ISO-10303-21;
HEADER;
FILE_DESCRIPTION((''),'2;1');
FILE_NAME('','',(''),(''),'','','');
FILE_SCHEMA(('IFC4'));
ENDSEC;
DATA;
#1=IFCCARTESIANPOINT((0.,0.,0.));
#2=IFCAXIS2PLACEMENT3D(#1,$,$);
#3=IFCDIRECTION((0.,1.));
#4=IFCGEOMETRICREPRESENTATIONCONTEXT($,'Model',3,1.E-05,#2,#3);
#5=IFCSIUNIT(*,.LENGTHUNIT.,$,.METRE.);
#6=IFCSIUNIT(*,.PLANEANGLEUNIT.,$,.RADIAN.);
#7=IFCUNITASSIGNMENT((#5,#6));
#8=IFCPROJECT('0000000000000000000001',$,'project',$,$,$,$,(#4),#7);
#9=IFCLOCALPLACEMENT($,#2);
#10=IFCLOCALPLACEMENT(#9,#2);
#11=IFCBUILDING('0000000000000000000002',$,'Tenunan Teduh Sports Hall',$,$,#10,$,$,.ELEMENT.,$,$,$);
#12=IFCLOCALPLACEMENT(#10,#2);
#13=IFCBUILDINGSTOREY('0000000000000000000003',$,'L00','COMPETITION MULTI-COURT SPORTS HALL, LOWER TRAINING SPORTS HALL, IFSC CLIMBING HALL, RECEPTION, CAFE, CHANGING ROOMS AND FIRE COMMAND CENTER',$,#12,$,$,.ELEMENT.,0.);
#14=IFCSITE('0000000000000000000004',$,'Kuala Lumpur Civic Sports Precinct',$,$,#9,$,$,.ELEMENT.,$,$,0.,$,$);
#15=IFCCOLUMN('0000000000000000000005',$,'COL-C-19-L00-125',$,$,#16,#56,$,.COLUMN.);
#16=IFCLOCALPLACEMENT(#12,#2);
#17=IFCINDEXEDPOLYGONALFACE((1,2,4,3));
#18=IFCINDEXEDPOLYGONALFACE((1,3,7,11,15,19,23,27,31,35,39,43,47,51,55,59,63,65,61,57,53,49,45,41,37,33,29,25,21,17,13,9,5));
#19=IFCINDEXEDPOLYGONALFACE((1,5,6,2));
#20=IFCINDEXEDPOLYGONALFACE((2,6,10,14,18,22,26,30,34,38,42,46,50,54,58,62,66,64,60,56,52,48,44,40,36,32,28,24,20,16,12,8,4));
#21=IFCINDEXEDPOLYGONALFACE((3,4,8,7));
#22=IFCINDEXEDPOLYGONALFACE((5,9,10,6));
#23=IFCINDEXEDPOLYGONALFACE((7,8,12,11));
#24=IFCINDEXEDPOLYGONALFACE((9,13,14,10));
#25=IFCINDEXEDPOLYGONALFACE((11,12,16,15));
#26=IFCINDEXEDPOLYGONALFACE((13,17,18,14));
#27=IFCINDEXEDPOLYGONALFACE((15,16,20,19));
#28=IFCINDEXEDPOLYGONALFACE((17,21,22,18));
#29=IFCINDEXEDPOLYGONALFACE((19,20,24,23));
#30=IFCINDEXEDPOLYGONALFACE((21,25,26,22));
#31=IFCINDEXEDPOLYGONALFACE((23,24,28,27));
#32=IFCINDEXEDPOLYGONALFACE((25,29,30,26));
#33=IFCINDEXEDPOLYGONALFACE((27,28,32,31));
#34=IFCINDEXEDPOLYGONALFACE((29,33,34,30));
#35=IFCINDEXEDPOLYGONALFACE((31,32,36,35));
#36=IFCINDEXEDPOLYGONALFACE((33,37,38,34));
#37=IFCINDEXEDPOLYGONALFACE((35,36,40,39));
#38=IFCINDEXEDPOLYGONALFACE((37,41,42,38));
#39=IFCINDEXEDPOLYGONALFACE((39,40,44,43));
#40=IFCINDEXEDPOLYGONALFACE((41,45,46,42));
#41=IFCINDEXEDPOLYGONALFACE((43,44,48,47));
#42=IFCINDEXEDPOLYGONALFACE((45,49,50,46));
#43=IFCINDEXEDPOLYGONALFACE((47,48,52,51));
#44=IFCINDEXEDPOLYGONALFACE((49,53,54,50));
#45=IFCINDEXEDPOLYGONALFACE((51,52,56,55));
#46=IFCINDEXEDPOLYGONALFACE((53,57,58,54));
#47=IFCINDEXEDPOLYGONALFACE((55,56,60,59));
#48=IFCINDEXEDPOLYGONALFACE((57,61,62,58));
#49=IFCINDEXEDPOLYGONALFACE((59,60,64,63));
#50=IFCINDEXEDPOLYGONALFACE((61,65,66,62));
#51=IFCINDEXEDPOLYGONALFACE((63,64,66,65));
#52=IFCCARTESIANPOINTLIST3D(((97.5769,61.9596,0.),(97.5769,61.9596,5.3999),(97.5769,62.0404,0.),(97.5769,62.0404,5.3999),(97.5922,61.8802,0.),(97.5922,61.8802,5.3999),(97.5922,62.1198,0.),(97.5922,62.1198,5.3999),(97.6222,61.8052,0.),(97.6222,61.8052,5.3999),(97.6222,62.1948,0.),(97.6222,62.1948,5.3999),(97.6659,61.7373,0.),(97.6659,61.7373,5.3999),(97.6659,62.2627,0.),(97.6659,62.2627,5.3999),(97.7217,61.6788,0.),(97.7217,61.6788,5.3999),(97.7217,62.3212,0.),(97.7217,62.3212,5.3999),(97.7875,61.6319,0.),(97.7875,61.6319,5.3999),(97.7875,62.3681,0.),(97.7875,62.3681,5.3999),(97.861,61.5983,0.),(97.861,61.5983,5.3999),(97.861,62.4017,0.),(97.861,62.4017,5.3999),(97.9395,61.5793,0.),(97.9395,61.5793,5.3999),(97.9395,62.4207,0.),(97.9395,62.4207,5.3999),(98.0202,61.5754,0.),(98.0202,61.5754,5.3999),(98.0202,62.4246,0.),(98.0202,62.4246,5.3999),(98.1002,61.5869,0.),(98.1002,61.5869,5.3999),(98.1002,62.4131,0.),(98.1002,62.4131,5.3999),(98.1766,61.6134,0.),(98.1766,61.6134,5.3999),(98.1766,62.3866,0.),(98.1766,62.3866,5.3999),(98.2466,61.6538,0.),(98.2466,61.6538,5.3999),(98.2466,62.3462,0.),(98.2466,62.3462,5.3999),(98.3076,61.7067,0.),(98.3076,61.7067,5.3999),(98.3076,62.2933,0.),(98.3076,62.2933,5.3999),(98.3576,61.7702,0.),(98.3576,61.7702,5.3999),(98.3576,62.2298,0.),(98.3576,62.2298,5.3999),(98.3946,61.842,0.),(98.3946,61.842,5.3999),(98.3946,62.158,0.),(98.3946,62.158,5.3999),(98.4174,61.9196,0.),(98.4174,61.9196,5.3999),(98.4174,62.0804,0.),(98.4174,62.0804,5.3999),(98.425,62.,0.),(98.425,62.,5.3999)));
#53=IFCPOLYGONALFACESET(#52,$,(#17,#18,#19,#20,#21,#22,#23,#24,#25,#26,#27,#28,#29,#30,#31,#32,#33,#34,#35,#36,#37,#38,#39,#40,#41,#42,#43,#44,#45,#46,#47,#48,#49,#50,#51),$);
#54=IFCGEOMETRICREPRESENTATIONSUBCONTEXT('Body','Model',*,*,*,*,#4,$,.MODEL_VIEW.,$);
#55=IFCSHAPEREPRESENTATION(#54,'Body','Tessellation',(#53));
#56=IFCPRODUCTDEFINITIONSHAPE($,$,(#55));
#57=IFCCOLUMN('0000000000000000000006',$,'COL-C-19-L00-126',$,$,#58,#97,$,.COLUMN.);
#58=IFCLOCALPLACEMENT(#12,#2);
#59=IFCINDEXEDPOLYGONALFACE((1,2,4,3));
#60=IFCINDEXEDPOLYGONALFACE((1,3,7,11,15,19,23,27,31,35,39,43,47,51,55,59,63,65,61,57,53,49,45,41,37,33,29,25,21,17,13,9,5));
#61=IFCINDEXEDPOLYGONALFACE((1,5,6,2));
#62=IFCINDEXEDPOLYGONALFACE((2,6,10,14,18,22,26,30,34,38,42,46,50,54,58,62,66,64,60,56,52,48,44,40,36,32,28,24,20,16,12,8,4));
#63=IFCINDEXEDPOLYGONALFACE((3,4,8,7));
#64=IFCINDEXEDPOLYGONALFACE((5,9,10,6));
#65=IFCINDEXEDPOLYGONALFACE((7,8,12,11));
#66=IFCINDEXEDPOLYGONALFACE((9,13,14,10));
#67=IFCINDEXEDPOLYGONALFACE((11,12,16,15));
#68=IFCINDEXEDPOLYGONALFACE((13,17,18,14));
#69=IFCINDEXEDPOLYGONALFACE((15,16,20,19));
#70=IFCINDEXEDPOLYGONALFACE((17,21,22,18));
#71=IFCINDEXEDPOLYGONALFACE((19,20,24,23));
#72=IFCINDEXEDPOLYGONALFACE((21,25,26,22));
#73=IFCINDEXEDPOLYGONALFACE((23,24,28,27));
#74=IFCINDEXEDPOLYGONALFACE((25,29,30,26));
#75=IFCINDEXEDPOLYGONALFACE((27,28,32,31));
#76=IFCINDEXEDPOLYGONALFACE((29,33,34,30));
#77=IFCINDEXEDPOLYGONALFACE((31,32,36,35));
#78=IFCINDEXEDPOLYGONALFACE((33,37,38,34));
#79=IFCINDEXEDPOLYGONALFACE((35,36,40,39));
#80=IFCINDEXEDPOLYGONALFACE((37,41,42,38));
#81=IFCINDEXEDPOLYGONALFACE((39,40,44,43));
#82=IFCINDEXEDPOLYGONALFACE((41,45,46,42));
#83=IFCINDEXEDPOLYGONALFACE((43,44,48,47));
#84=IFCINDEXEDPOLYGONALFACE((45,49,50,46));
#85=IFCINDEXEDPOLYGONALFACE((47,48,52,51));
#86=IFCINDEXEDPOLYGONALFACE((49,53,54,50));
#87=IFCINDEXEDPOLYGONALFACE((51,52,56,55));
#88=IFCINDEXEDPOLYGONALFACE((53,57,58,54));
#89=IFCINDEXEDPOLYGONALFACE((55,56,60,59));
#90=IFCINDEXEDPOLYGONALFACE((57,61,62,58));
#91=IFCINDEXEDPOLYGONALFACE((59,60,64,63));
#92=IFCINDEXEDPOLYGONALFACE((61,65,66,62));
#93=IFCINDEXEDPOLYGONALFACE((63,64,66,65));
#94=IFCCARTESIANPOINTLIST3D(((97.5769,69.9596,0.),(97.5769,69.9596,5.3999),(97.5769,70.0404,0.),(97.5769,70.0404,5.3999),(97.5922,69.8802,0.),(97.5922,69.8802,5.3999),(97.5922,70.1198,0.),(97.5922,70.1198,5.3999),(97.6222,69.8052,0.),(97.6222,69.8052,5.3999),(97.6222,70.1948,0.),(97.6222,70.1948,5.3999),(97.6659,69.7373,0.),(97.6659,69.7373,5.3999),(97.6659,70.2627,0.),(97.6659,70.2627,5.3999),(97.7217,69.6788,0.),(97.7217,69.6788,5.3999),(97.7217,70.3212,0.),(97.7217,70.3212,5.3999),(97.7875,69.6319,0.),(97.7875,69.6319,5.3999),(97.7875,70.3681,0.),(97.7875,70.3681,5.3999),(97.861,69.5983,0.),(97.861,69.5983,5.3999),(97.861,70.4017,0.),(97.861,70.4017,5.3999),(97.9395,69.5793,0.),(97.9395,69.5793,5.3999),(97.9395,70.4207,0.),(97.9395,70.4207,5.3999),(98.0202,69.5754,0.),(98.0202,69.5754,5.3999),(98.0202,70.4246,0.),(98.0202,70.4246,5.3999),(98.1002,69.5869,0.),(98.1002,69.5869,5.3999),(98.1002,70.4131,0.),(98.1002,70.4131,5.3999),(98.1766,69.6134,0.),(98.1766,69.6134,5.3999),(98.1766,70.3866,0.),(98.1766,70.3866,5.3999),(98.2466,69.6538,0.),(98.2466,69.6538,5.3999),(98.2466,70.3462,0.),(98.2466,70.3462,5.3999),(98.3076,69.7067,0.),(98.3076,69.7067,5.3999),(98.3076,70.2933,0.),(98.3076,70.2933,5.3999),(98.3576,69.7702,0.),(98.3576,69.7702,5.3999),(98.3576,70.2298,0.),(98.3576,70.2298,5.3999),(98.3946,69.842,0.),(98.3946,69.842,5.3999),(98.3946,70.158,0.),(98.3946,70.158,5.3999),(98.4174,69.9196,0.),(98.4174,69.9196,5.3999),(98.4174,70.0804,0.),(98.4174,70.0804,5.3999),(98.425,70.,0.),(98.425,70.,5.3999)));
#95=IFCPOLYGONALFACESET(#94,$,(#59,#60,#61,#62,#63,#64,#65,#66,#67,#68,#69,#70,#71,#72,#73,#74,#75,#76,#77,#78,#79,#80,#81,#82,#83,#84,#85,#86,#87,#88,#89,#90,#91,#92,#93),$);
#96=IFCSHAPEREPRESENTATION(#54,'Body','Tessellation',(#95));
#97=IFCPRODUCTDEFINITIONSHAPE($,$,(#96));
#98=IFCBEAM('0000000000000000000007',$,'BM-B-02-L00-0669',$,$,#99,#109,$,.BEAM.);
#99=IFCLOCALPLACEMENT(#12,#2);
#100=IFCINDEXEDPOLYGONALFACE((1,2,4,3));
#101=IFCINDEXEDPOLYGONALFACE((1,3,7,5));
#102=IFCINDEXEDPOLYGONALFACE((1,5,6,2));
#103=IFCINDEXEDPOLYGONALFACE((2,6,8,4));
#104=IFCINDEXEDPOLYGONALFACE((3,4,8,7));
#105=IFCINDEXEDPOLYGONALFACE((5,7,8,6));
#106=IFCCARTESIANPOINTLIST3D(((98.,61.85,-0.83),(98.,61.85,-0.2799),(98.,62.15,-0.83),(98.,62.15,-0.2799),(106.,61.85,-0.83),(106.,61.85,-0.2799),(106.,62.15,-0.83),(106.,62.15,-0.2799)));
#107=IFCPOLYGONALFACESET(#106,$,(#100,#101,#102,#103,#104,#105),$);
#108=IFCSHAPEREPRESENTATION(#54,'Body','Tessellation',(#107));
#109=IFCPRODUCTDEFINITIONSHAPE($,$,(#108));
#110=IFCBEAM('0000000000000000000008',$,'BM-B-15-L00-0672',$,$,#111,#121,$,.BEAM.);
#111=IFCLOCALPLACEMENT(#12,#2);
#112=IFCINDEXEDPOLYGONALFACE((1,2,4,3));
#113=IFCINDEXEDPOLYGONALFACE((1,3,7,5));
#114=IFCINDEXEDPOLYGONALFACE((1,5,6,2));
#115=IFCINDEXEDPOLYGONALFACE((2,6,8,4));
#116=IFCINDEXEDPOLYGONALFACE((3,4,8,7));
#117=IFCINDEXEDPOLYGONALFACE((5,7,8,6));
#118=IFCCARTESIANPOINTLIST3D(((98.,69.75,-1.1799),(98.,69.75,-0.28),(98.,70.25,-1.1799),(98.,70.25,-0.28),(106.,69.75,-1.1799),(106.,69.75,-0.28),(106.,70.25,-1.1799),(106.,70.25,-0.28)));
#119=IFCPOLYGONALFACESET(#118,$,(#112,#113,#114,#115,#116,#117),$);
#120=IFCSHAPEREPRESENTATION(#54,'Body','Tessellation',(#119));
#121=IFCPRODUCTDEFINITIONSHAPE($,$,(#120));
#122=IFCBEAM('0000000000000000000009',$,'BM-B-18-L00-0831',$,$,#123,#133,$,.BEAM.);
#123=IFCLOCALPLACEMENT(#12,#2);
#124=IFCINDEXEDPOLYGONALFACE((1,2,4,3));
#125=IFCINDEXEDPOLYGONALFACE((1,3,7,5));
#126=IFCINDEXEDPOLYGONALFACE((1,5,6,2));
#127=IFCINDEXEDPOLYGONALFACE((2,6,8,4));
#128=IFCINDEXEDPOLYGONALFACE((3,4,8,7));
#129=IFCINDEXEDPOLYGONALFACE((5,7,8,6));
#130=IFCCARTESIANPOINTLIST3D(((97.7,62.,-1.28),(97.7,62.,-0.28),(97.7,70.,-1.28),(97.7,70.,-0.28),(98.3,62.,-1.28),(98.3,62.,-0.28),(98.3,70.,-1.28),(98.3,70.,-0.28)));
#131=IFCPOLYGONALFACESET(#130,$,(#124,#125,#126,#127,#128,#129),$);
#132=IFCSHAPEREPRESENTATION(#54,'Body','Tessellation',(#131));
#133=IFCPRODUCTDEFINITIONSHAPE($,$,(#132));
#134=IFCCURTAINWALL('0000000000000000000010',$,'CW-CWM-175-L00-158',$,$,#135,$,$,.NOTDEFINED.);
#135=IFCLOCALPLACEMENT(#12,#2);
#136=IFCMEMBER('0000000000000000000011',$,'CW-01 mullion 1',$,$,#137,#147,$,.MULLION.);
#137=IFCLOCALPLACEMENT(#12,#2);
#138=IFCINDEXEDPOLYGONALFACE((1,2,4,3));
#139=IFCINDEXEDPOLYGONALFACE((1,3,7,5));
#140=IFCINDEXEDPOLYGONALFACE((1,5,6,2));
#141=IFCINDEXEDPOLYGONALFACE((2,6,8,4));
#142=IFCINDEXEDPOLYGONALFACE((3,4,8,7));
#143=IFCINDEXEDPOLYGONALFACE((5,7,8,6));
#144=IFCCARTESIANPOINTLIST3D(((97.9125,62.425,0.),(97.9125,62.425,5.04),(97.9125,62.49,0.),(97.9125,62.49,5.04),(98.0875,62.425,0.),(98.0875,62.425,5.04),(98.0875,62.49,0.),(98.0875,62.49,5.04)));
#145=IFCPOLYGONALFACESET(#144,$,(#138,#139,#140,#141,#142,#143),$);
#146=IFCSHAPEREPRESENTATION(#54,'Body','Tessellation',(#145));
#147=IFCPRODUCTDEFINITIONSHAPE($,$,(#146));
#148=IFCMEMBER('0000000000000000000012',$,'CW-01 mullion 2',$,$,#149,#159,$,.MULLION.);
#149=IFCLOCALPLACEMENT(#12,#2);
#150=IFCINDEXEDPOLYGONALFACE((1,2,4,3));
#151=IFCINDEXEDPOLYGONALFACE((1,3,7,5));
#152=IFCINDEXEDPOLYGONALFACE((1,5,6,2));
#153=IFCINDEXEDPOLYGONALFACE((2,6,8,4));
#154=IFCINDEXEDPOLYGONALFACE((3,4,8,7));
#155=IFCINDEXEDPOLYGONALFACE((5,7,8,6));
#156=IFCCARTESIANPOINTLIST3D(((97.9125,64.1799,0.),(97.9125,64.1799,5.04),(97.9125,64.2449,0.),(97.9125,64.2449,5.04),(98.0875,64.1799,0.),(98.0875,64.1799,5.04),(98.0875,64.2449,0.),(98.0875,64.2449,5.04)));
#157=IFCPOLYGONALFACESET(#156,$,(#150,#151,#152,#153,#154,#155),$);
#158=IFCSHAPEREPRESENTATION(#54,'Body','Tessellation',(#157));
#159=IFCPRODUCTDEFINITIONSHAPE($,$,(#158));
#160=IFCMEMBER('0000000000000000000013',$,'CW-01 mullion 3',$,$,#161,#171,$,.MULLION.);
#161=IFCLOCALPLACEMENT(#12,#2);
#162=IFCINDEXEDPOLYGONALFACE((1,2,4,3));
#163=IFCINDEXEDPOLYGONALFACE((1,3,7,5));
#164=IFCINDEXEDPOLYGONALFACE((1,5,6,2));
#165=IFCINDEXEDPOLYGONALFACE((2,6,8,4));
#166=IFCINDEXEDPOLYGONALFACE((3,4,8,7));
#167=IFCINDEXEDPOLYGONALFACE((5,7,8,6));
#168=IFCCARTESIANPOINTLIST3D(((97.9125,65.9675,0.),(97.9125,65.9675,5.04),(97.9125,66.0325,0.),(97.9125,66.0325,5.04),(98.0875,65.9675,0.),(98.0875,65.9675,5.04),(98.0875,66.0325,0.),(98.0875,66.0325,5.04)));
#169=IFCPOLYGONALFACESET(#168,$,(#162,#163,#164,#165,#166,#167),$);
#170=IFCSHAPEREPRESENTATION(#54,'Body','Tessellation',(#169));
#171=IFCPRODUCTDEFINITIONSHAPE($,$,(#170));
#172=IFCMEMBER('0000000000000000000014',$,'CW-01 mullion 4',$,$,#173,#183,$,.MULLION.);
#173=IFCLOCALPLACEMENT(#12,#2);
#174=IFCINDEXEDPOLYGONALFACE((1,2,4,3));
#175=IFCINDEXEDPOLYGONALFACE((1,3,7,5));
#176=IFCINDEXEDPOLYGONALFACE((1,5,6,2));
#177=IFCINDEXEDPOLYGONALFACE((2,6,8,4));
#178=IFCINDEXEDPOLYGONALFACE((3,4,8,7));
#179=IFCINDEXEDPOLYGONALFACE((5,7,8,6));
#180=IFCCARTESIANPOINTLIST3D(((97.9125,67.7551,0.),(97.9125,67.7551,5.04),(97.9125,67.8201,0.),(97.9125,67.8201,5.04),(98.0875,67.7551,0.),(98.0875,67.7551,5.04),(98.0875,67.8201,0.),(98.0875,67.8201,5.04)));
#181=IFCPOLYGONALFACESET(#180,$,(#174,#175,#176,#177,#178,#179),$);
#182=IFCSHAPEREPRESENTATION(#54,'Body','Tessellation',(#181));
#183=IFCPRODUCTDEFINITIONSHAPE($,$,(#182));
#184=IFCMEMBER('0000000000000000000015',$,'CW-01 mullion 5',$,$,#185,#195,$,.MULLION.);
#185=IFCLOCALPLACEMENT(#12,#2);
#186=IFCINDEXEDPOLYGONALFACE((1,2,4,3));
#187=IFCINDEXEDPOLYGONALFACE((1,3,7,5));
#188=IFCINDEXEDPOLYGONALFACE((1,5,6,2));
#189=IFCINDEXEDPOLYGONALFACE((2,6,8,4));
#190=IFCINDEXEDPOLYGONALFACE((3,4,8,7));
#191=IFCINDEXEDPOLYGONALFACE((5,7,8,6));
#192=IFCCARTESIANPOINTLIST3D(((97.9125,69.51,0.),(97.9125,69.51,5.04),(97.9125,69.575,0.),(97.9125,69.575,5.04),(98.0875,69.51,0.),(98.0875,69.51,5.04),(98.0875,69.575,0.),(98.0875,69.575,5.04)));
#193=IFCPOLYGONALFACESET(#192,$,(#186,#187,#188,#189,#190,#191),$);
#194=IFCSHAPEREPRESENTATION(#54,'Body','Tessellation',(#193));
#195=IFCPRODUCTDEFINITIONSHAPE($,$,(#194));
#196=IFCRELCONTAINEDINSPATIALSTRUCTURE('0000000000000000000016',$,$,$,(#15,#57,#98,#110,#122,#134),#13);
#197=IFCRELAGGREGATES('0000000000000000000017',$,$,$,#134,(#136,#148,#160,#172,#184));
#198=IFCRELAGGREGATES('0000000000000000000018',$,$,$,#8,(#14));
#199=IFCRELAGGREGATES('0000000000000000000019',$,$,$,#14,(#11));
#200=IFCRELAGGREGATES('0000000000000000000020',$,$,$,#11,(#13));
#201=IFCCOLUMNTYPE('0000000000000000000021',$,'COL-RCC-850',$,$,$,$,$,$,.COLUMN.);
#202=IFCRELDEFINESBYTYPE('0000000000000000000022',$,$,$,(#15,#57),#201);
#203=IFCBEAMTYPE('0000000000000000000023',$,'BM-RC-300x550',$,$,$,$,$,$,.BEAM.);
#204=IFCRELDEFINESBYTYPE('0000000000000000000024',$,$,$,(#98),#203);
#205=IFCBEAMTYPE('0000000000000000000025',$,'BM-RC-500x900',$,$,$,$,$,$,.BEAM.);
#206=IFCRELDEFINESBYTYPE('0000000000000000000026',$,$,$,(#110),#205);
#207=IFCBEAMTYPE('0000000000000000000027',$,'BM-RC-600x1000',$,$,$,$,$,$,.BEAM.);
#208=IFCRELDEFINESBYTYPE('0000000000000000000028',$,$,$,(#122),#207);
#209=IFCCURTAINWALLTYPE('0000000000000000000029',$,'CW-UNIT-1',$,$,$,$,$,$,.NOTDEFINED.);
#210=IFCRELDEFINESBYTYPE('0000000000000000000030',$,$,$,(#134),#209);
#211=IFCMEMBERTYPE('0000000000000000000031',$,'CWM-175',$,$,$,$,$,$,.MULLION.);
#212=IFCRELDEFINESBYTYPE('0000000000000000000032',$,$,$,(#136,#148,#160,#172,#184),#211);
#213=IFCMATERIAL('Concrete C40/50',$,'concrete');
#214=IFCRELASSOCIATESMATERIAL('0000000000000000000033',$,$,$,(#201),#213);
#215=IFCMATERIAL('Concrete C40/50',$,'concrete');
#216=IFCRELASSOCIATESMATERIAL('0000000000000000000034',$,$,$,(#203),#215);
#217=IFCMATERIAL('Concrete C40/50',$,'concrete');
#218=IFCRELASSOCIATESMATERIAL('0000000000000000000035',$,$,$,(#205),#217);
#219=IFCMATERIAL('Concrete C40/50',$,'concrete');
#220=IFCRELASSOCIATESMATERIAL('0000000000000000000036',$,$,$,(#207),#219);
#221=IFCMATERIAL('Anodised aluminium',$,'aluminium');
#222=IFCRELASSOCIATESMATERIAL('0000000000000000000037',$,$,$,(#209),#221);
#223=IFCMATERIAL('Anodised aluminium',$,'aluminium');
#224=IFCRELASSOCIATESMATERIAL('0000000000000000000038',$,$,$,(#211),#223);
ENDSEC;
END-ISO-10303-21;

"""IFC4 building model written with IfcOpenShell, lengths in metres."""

from ifc_helpers import new_model, si_unit, direction, frame, origin, origin_2d, place, context, subcontext, project, spatial, rectangle, circle, extrude, material, material_profile, profile_set, type_object, element, aggregate, save


model = new_model("IFC4")

# Units and contexts
model_context = context("Model", 3, precision=1e-05, world=origin(), true_north=direction((0.0, 1.0)))
body_context = subcontext(model_context, "Body", "Model", "MODEL_VIEW")
ifc_project = project(units=[si_unit("LENGTHUNIT", "METRE"), si_unit("PLANEANGLEUNIT", "RADIAN")], contexts=[model_context])

# Site, building, storey
site_placement = place(None, origin())
site = spatial("IfcSite", under=ifc_project, at=site_placement, Name="Kuala Lumpur Civic Sports Precinct", CompositionType="ELEMENT", RefElevation=0.0)
building_placement = place(site_placement, origin())
building = spatial("IfcBuilding", under=site, at=building_placement, Name="Tenunan Teduh Sports Hall", CompositionType="ELEMENT")
storey_placement = place(building_placement, origin())
storey = spatial("IfcBuildingStorey", under=building, at=storey_placement, Name="L00", Description="COMPETITION MULTI-COURT SPORTS HALL, LOWER TRAINING SPORTS HALL, IFSC CLIMBING HALL, RECEPTION, CAFE, CHANGING ROOMS AND FIRE COMMAND CENTER", CompositionType="ELEMENT", Elevation=0.0)

# Columns
ifc_material_1 = material(Name="Concrete C40/50", Category="concrete")
ifc_material_profile_1 = material_profile(ifc_material_1, circle(Radius=0.425, at=origin_2d()), Name="RCC D850")
ifc_profile_set_1 = profile_set([ifc_material_profile_1], Name="Concrete C40/50")
column_type = type_object("IfcColumnType", Name="COL-RCC-850", PredefinedType="COLUMN", material=ifc_profile_set_1)
for number, where, z_axis, x_axis, name in (
    (1, (98.0, 62.0, 0.0), (0.0, 0.0, 1.0), (1.0, 0.0, 0.0), "COL-C-19-L00-125"),
    (2, (98.0, 70.0, 0.0), (0.0, 0.0, 1.0), (1.0, 0.0, 0.0), "COL-C-19-L00-126"),
):
    element("IfcColumn", number, at=place(storey_placement, frame(where, z_axis=z_axis, x_axis=x_axis)), inside=storey, type_object=column_type, Name=name, PredefinedType="COLUMN", context=body_context, shape_type="SweptSolid", body=[
        extrude(circle(Radius=0.425, at=origin_2d()), origin(), (0.0, 0.0, 1.0), 5.3999),
    ])

# Beams
ifc_material_2 = material(Name="Concrete C40/50", Category="concrete")
ifc_material_profile_2 = material_profile(ifc_material_2, rectangle(XDim=0.3, YDim=0.55, at=origin_2d()), Name="RCB 300x550")
ifc_profile_set_2 = profile_set([ifc_material_profile_2], Name="Concrete C40/50")
beam_type_1 = type_object("IfcBeamType", Name="BM-RC-300x550", PredefinedType="BEAM", material=ifc_profile_set_2)
beam_1_placement = place(storey_placement, frame((98.0, 62.0, -0.5549), z_axis=(1.0, 0.0, 0.0), x_axis=(0.0, 1.0, 0.0)))
element("IfcBeam", 3, at=beam_1_placement, inside=storey, type_object=beam_type_1, Name="BM-B-02-L00-0669", PredefinedType="BEAM", context=body_context, shape_type="SweptSolid", body=[
    extrude(rectangle(XDim=0.3, YDim=0.55, at=origin_2d()), origin(), (0.0, 0.0, 1.0), 8.0),
])
ifc_material_3 = material(Name="Concrete C40/50", Category="concrete")
ifc_material_profile_3 = material_profile(ifc_material_3, rectangle(XDim=0.5, YDim=0.8999, at=origin_2d()), Name="RCB 500x900")
ifc_profile_set_3 = profile_set([ifc_material_profile_3], Name="Concrete C40/50")
beam_type_2 = type_object("IfcBeamType", Name="BM-RC-500x900", PredefinedType="BEAM", material=ifc_profile_set_3)
beam_2_placement = place(storey_placement, frame((98.0, 70.0, -0.73), z_axis=(1.0, 0.0, 0.0), x_axis=(0.0, 1.0, 0.0)))
element("IfcBeam", 4, at=beam_2_placement, inside=storey, type_object=beam_type_2, Name="BM-B-15-L00-0672", PredefinedType="BEAM", context=body_context, shape_type="SweptSolid", body=[
    extrude(rectangle(XDim=0.5, YDim=0.8999, at=origin_2d()), origin(), (0.0, 0.0, 1.0), 8.0),
])
ifc_material_4 = material(Name="Concrete C40/50", Category="concrete")
ifc_material_profile_4 = material_profile(ifc_material_4, rectangle(XDim=0.6001, YDim=1.0, at=origin_2d()), Name="RCB 600x1000")
ifc_profile_set_4 = profile_set([ifc_material_profile_4], Name="Concrete C40/50")
beam_type_3 = type_object("IfcBeamType", Name="BM-RC-600x1000", PredefinedType="BEAM", material=ifc_profile_set_4)
beam_3_placement = place(storey_placement, frame((98.0, 62.0, -0.78), z_axis=(0.0, 1.0, 0.0), x_axis=(-1.0, 0.0, 0.0)))
element("IfcBeam", 5, at=beam_3_placement, inside=storey, type_object=beam_type_3, Name="BM-B-18-L00-0831", PredefinedType="BEAM", context=body_context, shape_type="SweptSolid", body=[
    extrude(rectangle(XDim=0.6001, YDim=1.0, at=origin_2d()), origin(), (0.0, 0.0, 1.0), 8.0),
])

# Curtain wall, members
ifc_material_5 = material(Name="Anodised aluminium", Category="aluminium")
curtain_wall_type = type_object("IfcCurtainWallType", Name="CW-UNIT-1", PredefinedType="NOTDEFINED", material=ifc_material_5)
curtain_wall_1_placement = place(storey_placement, origin())
curtain_wall_1 = element("IfcCurtainWall", 6, at=curtain_wall_1_placement, inside=storey, type_object=curtain_wall_type, Name="CW-CWM-175-L00-158", PredefinedType="NOTDEFINED")
ifc_material_6 = material(Name="Anodised aluminium", Category="aluminium")
ifc_material_profile_5 = material_profile(ifc_material_6, rectangle(XDim=0.0649, YDim=0.175, at=origin_2d()), Name="CWM 65x175")
ifc_profile_set_5 = profile_set([ifc_material_profile_5], Name="Anodised aluminium")
member_type_1 = type_object("IfcMemberType", Name="CWM-175", PredefinedType="MULLION", material=ifc_profile_set_5)
member_1_placement = place(storey_placement, frame((98.0, 62.4575, 0.0), z_axis=(0.0, 0.0, 1.0), x_axis=(0.0, 1.0, 0.0)))
member_1 = element("IfcMember", 7, at=member_1_placement, type_object=member_type_1, Name="CW-01 mullion 1", PredefinedType="MULLION", context=body_context, shape_type="SweptSolid", body=[
    extrude(rectangle(XDim=0.0649, YDim=0.175, at=origin_2d()), origin(), (0.0, 0.0, 1.0), 5.04),
])
member_2_placement = place(storey_placement, frame((98.0, 64.2124, 0.0), z_axis=(0.0, 0.0, 1.0), x_axis=(0.0, 1.0, 0.0)))
member_2 = element("IfcMember", 8, at=member_2_placement, type_object=member_type_1, Name="CW-01 mullion 2", PredefinedType="MULLION", context=body_context, shape_type="SweptSolid", body=[
    extrude(rectangle(XDim=0.0649, YDim=0.175, at=origin_2d()), origin(), (0.0, 0.0, 1.0), 5.04),
])
member_3_placement = place(storey_placement, frame((98.0, 66.0, 0.0), z_axis=(0.0, 0.0, 1.0), x_axis=(0.0, 1.0, 0.0)))
member_3 = element("IfcMember", 9, at=member_3_placement, type_object=member_type_1, Name="CW-01 mullion 3", PredefinedType="MULLION", context=body_context, shape_type="SweptSolid", body=[
    extrude(rectangle(XDim=0.0649, YDim=0.175, at=origin_2d()), origin(), (0.0, 0.0, 1.0), 5.04),
])
member_4_placement = place(storey_placement, frame((98.0, 67.7876, 0.0), z_axis=(0.0, 0.0, 1.0), x_axis=(0.0, 1.0, 0.0)))
member_4 = element("IfcMember", 10, at=member_4_placement, type_object=member_type_1, Name="CW-01 mullion 4", PredefinedType="MULLION", context=body_context, shape_type="SweptSolid", body=[
    extrude(rectangle(XDim=0.0649, YDim=0.175, at=origin_2d()), origin(), (0.0, 0.0, 1.0), 5.04),
])
member_5_placement = place(storey_placement, frame((98.0, 69.5425, 0.0), z_axis=(0.0, 0.0, 1.0), x_axis=(0.0, 1.0, 0.0)))
member_5 = element("IfcMember", 11, at=member_5_placement, type_object=member_type_1, Name="CW-01 mullion 5", PredefinedType="MULLION", context=body_context, shape_type="SweptSolid", body=[
    extrude(rectangle(XDim=0.0649, YDim=0.175, at=origin_2d()), origin(), (0.0, 0.0, 1.0), 5.04),
])
aggregate(curtain_wall_1, [member_1, member_2, member_3, member_4, member_5])

save(model, "model.ifc")
